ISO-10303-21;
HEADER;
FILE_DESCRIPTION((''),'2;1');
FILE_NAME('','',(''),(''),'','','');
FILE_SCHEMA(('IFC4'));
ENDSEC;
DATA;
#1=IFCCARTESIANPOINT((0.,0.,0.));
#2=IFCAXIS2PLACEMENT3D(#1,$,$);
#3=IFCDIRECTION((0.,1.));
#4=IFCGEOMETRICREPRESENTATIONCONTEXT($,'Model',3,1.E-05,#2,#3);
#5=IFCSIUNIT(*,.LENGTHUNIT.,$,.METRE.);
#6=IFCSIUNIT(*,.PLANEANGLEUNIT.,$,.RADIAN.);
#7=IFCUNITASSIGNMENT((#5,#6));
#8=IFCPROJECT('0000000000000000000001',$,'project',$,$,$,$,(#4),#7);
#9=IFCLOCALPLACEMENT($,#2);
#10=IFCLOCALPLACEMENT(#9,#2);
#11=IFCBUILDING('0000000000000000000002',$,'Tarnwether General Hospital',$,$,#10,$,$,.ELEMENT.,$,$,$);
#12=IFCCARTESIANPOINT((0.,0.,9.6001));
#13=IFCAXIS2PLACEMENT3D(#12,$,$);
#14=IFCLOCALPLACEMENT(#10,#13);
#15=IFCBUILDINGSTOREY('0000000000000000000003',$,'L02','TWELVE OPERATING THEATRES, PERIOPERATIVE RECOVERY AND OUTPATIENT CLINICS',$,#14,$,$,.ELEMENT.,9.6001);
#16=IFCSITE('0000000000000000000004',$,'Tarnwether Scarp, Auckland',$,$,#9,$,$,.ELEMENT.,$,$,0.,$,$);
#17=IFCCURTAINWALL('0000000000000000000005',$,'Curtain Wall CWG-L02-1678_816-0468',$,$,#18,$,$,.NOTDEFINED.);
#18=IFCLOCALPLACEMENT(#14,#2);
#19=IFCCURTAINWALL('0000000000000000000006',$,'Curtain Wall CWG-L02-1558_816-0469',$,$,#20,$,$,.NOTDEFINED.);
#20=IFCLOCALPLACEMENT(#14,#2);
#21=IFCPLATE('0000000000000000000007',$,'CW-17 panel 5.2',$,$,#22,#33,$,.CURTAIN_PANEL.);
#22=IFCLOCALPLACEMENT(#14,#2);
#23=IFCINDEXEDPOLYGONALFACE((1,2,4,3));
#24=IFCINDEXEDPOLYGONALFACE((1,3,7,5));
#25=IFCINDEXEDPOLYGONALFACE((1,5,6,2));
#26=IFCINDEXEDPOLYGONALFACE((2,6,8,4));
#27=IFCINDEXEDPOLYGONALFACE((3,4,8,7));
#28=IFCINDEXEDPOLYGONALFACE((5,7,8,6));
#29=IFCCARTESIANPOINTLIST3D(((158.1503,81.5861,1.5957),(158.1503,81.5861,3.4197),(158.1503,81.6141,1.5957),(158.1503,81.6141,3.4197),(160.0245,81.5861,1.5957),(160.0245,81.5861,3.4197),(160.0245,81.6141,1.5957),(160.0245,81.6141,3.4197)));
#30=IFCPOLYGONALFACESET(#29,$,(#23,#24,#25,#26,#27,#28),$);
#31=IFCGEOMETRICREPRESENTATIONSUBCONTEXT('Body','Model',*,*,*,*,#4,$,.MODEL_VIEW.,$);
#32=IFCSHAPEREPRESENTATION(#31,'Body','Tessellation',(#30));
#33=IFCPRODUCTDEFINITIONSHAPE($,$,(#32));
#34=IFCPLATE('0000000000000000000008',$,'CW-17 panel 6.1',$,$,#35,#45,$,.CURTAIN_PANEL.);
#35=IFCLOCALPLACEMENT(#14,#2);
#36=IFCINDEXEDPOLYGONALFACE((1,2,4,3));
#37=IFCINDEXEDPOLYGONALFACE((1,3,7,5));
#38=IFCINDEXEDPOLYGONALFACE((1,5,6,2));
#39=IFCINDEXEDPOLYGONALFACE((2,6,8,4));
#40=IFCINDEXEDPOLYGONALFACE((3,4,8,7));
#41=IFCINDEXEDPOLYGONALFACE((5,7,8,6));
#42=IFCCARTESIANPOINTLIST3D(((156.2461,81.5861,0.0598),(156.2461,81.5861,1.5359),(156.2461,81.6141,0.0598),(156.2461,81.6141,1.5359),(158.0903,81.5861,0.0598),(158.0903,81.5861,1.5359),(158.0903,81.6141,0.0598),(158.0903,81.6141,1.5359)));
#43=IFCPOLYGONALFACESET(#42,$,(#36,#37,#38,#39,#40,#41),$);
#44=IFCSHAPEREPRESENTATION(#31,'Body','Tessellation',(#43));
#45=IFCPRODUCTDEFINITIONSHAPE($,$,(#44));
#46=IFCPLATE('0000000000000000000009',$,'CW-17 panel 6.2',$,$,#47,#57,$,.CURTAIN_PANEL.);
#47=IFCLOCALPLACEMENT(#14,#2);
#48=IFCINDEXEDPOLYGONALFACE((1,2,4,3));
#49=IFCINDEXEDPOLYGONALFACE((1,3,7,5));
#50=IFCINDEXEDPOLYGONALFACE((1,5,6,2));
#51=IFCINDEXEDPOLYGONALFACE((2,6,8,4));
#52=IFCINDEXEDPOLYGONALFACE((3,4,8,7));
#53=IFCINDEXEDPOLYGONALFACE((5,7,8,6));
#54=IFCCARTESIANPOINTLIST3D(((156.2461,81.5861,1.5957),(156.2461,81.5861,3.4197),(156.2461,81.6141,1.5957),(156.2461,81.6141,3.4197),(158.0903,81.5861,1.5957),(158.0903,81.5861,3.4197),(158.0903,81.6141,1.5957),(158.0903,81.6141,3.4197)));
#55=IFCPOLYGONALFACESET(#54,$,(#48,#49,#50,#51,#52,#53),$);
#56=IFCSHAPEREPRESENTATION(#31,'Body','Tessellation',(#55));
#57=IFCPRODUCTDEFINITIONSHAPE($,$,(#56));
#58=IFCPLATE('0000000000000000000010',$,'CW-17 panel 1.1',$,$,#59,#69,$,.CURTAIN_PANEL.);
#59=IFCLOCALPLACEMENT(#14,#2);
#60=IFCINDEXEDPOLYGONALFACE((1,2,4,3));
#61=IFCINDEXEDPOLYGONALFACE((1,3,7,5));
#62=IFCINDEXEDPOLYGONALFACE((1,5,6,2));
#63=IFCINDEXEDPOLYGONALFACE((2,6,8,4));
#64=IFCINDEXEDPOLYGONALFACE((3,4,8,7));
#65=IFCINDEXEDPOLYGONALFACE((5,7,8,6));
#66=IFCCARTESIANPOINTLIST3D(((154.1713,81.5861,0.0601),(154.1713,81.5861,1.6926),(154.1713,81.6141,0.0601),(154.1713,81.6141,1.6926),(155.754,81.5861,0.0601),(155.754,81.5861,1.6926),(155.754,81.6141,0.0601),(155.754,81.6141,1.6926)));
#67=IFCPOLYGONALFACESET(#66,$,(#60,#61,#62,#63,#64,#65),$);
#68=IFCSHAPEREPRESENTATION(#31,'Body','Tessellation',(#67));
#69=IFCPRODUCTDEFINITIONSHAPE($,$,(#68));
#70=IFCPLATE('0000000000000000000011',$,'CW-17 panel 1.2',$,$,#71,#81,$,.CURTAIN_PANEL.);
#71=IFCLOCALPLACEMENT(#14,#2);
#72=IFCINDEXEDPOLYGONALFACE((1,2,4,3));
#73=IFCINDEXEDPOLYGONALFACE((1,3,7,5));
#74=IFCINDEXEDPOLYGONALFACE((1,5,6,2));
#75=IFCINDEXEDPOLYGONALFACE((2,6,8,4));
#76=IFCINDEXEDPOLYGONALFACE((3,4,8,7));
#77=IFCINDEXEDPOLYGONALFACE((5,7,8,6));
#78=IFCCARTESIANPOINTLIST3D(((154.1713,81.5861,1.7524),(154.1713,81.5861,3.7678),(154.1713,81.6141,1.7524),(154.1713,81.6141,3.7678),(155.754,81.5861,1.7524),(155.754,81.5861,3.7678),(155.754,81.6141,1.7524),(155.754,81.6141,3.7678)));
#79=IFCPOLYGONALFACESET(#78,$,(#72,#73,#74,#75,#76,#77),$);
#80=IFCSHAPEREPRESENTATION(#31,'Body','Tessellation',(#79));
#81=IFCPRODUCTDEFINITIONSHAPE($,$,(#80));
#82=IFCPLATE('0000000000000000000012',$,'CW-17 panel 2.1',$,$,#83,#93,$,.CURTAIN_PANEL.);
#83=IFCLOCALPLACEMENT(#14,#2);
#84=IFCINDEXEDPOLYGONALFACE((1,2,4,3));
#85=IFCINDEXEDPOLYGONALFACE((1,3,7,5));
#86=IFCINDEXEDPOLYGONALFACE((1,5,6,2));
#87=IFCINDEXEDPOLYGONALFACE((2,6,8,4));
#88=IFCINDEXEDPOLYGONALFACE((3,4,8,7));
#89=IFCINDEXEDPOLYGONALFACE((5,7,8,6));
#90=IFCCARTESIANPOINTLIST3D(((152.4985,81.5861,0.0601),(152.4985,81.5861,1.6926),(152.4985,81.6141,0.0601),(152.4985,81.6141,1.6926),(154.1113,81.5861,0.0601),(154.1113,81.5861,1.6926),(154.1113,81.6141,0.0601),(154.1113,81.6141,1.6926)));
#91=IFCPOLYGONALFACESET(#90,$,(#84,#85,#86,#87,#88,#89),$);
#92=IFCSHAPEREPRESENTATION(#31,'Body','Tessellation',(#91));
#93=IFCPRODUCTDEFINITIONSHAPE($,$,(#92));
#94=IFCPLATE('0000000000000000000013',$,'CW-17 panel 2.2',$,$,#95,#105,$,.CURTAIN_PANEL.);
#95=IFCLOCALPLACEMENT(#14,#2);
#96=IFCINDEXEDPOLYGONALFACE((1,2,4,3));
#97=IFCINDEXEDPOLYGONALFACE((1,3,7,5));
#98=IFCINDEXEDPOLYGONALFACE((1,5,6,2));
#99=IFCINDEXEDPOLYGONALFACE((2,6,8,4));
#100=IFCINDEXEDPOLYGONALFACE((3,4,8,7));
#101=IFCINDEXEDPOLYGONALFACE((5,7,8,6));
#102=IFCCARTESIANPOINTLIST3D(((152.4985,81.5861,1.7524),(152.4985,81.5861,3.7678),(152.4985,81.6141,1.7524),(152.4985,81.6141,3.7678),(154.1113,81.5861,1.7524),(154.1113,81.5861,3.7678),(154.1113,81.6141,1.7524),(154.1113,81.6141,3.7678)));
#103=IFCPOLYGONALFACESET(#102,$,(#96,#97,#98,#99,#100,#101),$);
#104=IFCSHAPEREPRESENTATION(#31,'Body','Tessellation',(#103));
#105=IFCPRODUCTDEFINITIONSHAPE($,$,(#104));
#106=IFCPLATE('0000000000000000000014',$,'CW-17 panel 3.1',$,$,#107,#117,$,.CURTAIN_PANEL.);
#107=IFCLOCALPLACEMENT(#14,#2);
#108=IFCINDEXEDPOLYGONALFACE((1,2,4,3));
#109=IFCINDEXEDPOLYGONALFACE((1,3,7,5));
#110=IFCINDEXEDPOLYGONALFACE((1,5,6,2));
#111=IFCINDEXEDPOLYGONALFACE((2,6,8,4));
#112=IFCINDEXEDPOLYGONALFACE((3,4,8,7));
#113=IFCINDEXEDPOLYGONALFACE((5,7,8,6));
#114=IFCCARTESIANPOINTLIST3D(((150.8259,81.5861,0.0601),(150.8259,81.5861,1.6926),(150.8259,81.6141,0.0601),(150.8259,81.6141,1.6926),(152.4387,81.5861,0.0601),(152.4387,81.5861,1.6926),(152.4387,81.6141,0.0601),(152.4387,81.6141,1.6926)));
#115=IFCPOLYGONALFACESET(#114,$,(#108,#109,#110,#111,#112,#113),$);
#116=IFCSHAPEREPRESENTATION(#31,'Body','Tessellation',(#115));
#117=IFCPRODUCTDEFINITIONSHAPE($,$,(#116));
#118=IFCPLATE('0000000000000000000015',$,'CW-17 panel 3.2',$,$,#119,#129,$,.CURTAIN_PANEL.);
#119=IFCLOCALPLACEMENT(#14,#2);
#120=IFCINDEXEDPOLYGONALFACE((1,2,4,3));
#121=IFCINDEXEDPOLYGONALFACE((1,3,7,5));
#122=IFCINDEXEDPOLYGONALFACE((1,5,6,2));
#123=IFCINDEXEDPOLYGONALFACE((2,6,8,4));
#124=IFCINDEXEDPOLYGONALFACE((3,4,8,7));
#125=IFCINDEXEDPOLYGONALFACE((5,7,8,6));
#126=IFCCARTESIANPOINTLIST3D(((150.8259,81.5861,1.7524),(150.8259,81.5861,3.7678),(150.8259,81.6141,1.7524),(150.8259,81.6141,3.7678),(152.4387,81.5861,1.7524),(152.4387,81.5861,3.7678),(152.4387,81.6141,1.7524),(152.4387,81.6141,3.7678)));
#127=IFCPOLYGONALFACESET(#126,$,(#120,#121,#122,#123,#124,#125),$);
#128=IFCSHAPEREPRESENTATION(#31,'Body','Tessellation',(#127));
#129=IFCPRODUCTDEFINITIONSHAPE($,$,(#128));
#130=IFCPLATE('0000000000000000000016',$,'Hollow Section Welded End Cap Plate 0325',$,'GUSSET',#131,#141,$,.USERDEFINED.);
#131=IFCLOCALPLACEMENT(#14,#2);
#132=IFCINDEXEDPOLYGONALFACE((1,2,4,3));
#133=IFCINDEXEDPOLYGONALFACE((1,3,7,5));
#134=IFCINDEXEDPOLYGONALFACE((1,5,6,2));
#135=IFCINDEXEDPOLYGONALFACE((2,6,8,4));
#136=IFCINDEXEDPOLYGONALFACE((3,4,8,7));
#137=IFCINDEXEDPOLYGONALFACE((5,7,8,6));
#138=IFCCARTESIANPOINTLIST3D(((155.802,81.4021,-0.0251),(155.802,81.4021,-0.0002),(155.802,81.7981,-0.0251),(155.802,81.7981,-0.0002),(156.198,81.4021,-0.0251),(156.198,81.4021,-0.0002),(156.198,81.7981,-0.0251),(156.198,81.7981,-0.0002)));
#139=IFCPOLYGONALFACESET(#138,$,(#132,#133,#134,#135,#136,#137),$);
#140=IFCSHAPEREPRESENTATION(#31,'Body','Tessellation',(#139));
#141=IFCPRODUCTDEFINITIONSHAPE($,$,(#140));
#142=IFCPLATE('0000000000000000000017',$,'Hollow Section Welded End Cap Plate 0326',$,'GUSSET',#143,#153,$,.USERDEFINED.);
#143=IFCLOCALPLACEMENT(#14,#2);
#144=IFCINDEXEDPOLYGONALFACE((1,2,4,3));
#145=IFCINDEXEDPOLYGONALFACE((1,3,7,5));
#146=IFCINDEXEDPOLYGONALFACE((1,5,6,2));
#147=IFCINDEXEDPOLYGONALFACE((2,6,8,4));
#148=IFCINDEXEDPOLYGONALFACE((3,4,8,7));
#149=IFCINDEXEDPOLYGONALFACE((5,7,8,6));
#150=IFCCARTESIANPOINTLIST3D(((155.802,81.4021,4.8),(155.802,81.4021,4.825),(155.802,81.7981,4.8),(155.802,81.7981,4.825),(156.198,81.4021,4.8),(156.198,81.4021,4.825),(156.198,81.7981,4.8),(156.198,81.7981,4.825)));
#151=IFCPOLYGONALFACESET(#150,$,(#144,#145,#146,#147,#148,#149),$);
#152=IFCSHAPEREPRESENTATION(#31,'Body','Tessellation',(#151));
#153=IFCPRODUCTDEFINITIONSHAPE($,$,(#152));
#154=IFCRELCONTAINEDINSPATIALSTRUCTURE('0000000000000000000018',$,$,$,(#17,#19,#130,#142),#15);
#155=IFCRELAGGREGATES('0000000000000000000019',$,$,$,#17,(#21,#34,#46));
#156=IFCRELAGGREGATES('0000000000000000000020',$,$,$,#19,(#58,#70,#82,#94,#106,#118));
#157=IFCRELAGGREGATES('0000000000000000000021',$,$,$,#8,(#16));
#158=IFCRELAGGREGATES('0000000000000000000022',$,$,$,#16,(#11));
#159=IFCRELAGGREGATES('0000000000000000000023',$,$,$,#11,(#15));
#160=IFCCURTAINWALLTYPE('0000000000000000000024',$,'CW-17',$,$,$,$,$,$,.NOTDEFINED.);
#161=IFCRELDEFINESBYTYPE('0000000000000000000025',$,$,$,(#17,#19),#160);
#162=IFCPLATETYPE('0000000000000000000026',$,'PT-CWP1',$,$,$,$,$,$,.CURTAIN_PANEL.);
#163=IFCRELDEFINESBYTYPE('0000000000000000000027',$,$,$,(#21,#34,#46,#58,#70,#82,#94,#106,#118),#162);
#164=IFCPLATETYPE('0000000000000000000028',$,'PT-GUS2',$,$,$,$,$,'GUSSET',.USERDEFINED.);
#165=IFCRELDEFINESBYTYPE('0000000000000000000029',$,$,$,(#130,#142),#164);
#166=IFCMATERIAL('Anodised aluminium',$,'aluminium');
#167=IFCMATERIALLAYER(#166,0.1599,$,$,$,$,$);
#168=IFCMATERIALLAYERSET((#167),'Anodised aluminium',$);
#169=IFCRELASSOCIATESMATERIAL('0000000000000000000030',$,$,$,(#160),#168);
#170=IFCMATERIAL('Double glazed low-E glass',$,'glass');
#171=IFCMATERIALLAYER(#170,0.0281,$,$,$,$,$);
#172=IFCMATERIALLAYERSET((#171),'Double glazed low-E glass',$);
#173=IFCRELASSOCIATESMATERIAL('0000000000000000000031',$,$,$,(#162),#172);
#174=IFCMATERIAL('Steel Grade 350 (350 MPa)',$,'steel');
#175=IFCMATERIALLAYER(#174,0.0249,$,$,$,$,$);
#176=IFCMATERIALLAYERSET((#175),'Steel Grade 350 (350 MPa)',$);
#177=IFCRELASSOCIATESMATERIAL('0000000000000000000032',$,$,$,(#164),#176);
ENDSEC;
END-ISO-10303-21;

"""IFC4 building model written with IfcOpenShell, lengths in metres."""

from ifc_helpers import new_model, si_unit, direction, frame, origin, origin_2d, place, context, subcontext, project, spatial, rectangle, extrude, material, layer, layer_set, type_object, element, aggregate, save


model = new_model("IFC4")

# Units and contexts
model_context = context("Model", 3, precision=1e-05, world=origin(), true_north=direction((0.0, 1.0)))
body_context = subcontext(model_context, "Body", "Model", "MODEL_VIEW")
ifc_project = project(units=[si_unit("LENGTHUNIT", "METRE"), si_unit("PLANEANGLEUNIT", "RADIAN")], contexts=[model_context])

# Site, building, storey
site_placement = place(None, origin())
site = spatial("IfcSite", under=ifc_project, at=site_placement, Name="Tarnwether Scarp, Auckland", CompositionType="ELEMENT", RefElevation=0.0)
building_placement = place(site_placement, origin())
building = spatial("IfcBuilding", under=site, at=building_placement, Name="Tarnwether General Hospital", CompositionType="ELEMENT")
storey_placement = place(building_placement, frame((0.0, 0.0, 9.6001)))
storey = spatial("IfcBuildingStorey", under=building, at=storey_placement, Name="L02", Description="TWELVE OPERATING THEATRES, PERIOPERATIVE RECOVERY AND OUTPATIENT CLINICS", CompositionType="ELEMENT", Elevation=9.6001)

# Curtain walls
ifc_material_1 = material(Name="Anodised aluminium", Category="aluminium")
ifc_layer_1 = layer(ifc_material_1, 0.1599)
ifc_layer_set_1 = layer_set([ifc_layer_1], Name="Anodised aluminium")
curtain_wall_type = type_object("IfcCurtainWallType", Name="CW-17", PredefinedType="NOTDEFINED", material=ifc_layer_set_1)
curtain_wall_1_placement = place(storey_placement, origin())
curtain_wall_1 = element("IfcCurtainWall", 1, at=curtain_wall_1_placement, inside=storey, type_object=curtain_wall_type, Name="Curtain Wall CWG-L02-1678_816-0468", PredefinedType="NOTDEFINED")
curtain_wall_2_placement = place(storey_placement, origin())
curtain_wall_2 = element("IfcCurtainWall", 2, at=curtain_wall_2_placement, inside=storey, type_object=curtain_wall_type, Name="Curtain Wall CWG-L02-1558_816-0469", PredefinedType="NOTDEFINED")

# Plates
ifc_material_2 = material(Name="Double glazed low-E glass", Category="glass")
ifc_layer_2 = layer(ifc_material_2, 0.0281)
ifc_layer_set_2 = layer_set([ifc_layer_2], Name="Double glazed low-E glass")
plate_type_1 = type_object("IfcPlateType", Name="PT-CWP1", PredefinedType="CURTAIN_PANEL", material=ifc_layer_set_2)
plate_1_placement = place(storey_placement, frame((159.0874, 81.6001, 1.5957), z_axis=(0.0, 0.0, 1.0), x_axis=(-1.0, 0.0, 0.0)))
plate_1 = element("IfcPlate", 3, at=plate_1_placement, type_object=plate_type_1, Name="CW-17 panel 5.2", PredefinedType="CURTAIN_PANEL", context=body_context, shape_type="SweptSolid", body=[
    extrude(rectangle(XDim=1.8743, YDim=0.0281, at=origin_2d()), origin(), (0.0, 0.0, 1.0), 1.824),
])
plate_2_placement = place(storey_placement, frame((157.1682, 81.6001, 0.0598), z_axis=(0.0, 0.0, 1.0), x_axis=(-1.0, 0.0, 0.0)))
plate_2 = element("IfcPlate", 4, at=plate_2_placement, type_object=plate_type_1, Name="CW-17 panel 6.1", PredefinedType="CURTAIN_PANEL", context=body_context, shape_type="SweptSolid", body=[
    extrude(rectangle(XDim=1.8442, YDim=0.0281, at=origin_2d()), origin(), (0.0, 0.0, 1.0), 1.4761),
])
plate_3_placement = place(storey_placement, frame((157.1682, 81.6001, 1.5957), z_axis=(0.0, 0.0, 1.0), x_axis=(-1.0, 0.0, 0.0)))
plate_3 = element("IfcPlate", 5, at=plate_3_placement, type_object=plate_type_1, Name="CW-17 panel 6.2", PredefinedType="CURTAIN_PANEL", context=body_context, shape_type="SweptSolid", body=[
    extrude(rectangle(XDim=1.8442, YDim=0.0281, at=origin_2d()), origin(), (0.0, 0.0, 1.0), 1.824),
])
aggregate(curtain_wall_1, [plate_1, plate_2, plate_3])
plate_4_placement = place(storey_placement, frame((154.9626, 81.6001, 0.0601), z_axis=(0.0, 0.0, 1.0), x_axis=(-1.0, 0.0, 0.0)))
plate_4 = element("IfcPlate", 6, at=plate_4_placement, type_object=plate_type_1, Name="CW-17 panel 1.1", PredefinedType="CURTAIN_PANEL", context=body_context, shape_type="SweptSolid", body=[
    extrude(rectangle(XDim=1.5828, YDim=0.0281, at=origin_2d()), origin(), (0.0, 0.0, 1.0), 1.6326),
])
plate_5_placement = place(storey_placement, frame((154.9626, 81.6001, 1.7524), z_axis=(0.0, 0.0, 1.0), x_axis=(-1.0, 0.0, 0.0)))
plate_5 = element("IfcPlate", 7, at=plate_5_placement, type_object=plate_type_1, Name="CW-17 panel 1.2", PredefinedType="CURTAIN_PANEL", context=body_context, shape_type="SweptSolid", body=[
    extrude(rectangle(XDim=1.5828, YDim=0.0281, at=origin_2d()), origin(), (0.0, 0.0, 1.0), 2.0154),
])
plate_6_placement = place(storey_placement, frame((153.3049, 81.6001, 0.0601), z_axis=(0.0, 0.0, 1.0), x_axis=(-1.0, 0.0, 0.0)))
plate_6 = element("IfcPlate", 8, at=plate_6_placement, type_object=plate_type_1, Name="CW-17 panel 2.1", PredefinedType="CURTAIN_PANEL", context=body_context, shape_type="SweptSolid", body=[
    extrude(rectangle(XDim=1.6128, YDim=0.0281, at=origin_2d()), origin(), (0.0, 0.0, 1.0), 1.6326),
])
plate_7_placement = place(storey_placement, frame((153.3049, 81.6001, 1.7524), z_axis=(0.0, 0.0, 1.0), x_axis=(-1.0, 0.0, 0.0)))
plate_7 = element("IfcPlate", 9, at=plate_7_placement, type_object=plate_type_1, Name="CW-17 panel 2.2", PredefinedType="CURTAIN_PANEL", context=body_context, shape_type="SweptSolid", body=[
    extrude(rectangle(XDim=1.6128, YDim=0.0281, at=origin_2d()), origin(), (0.0, 0.0, 1.0), 2.0154),
])
plate_8_placement = place(storey_placement, frame((151.6323, 81.6001, 0.0601), z_axis=(0.0, 0.0, 1.0), x_axis=(-1.0, 0.0, 0.0)))
plate_8 = element("IfcPlate", 10, at=plate_8_placement, type_object=plate_type_1, Name="CW-17 panel 3.1", PredefinedType="CURTAIN_PANEL", context=body_context, shape_type="SweptSolid", body=[
    extrude(rectangle(XDim=1.6128, YDim=0.0281, at=origin_2d()), origin(), (0.0, 0.0, 1.0), 1.6326),
])
plate_9_placement = place(storey_placement, frame((151.6323, 81.6001, 1.7524), z_axis=(0.0, 0.0, 1.0), x_axis=(-1.0, 0.0, 0.0)))
plate_9 = element("IfcPlate", 11, at=plate_9_placement, type_object=plate_type_1, Name="CW-17 panel 3.2", PredefinedType="CURTAIN_PANEL", context=body_context, shape_type="SweptSolid", body=[
    extrude(rectangle(XDim=1.6128, YDim=0.0281, at=origin_2d()), origin(), (0.0, 0.0, 1.0), 2.0154),
])
aggregate(curtain_wall_2, [plate_4, plate_5, plate_6, plate_7, plate_8, plate_9])

# Plates
ifc_material_3 = material(Name="Steel Grade 350 (350 MPa)", Category="steel")
ifc_layer_3 = layer(ifc_material_3, 0.0249)
ifc_layer_set_3 = layer_set([ifc_layer_3], Name="Steel Grade 350 (350 MPa)")
plate_type_2 = type_object("IfcPlateType", Name="PT-GUS2", ElementType="GUSSET", PredefinedType="USERDEFINED", material=ifc_layer_set_3)
for number, where, z_axis, x_axis, name in (
    (12, (156.0, 81.6001, -0.0251), (0.0, 0.0, 1.0), (1.0, 0.0, 0.0), "Hollow Section Welded End Cap Plate 0325"),
    (13, (156.0, 81.6001, 4.8), (0.0, 0.0, 1.0), (1.0, 0.0, 0.0), "Hollow Section Welded End Cap Plate 0326"),
):
    element("IfcPlate", number, at=place(storey_placement, frame(where, z_axis=z_axis, x_axis=x_axis)), inside=storey, type_object=plate_type_2, Name=name, ObjectType="GUSSET", PredefinedType="USERDEFINED", context=body_context, shape_type="SweptSolid", body=[
        extrude(rectangle(XDim=0.396, YDim=0.396, at=origin_2d()), origin(), (0.0, 0.0, 1.0), 0.0249),
    ])

save(model, "model.ifc")
